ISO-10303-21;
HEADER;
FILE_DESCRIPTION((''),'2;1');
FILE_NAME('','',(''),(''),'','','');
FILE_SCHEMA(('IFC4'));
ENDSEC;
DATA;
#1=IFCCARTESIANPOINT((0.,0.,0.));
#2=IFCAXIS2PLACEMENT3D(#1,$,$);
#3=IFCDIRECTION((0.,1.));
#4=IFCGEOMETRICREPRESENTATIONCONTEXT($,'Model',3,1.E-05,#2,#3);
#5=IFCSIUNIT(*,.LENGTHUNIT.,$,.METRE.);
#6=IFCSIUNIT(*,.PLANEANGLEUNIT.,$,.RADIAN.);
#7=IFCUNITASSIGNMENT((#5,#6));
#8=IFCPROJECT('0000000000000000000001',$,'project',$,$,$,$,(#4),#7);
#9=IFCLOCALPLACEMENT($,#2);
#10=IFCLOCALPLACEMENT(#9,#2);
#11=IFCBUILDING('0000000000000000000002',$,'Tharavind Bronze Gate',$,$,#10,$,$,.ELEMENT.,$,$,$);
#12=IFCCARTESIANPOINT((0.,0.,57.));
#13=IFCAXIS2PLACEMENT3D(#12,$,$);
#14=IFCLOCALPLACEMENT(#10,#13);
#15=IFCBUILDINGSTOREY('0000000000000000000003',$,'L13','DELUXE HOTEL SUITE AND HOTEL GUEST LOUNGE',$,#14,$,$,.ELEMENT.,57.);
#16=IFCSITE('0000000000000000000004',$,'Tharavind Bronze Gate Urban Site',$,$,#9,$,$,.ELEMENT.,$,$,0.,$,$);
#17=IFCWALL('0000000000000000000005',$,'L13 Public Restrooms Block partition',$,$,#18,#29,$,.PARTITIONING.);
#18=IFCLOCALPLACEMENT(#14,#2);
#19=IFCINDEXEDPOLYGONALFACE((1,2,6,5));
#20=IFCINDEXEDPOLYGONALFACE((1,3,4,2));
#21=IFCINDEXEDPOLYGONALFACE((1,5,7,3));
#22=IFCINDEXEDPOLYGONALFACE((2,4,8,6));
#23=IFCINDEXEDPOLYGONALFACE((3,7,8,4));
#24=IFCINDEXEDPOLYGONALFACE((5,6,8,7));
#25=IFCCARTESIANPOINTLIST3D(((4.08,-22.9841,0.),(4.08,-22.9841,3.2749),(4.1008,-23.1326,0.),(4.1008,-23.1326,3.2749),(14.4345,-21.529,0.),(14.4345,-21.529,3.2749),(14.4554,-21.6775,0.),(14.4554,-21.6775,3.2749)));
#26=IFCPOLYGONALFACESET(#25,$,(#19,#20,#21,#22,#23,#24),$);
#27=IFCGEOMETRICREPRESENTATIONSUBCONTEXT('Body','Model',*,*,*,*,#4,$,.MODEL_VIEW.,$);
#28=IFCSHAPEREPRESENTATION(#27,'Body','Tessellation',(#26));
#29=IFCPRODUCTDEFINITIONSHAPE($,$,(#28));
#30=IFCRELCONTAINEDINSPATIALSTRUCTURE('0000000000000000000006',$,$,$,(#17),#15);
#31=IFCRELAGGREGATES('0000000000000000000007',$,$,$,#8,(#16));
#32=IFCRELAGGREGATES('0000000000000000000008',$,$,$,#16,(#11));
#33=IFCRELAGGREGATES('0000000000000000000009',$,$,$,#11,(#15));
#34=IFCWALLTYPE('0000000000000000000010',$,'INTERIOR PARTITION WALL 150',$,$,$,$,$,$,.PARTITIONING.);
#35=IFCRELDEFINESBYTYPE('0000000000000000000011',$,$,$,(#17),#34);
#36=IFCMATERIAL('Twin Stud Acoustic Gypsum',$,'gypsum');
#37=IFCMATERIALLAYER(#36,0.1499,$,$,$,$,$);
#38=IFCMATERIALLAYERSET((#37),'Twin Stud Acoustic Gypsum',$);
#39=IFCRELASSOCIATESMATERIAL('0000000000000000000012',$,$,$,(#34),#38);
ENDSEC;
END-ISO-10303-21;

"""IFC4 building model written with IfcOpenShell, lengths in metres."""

from ifc_helpers import new_model, si_unit, direction, frame, frame_2d, origin, place, context, subcontext, project, spatial, rectangle, extrude, material, layer, layer_set, type_object, element, save


model = new_model("IFC4")

# Units and contexts
model_context = context("Model", 3, precision=1e-05, world=origin(), true_north=direction((0.0, 1.0)))
body_context = subcontext(model_context, "Body", "Model", "MODEL_VIEW")
ifc_project = project(units=[si_unit("LENGTHUNIT", "METRE"), si_unit("PLANEANGLEUNIT", "RADIAN")], contexts=[model_context])

# Site, building, storey
site_placement = place(None, origin())
site = spatial("IfcSite", under=ifc_project, at=site_placement, Name="Tharavind Bronze Gate Urban Site", CompositionType="ELEMENT", RefElevation=0.0)
building_placement = place(site_placement, origin())
building = spatial("IfcBuilding", under=site, at=building_placement, Name="Tharavind Bronze Gate", CompositionType="ELEMENT")
storey_placement = place(building_placement, frame((0.0, 0.0, 57.0)))
storey = spatial("IfcBuildingStorey", under=building, at=storey_placement, Name="L13", Description="DELUXE HOTEL SUITE AND HOTEL GUEST LOUNGE", CompositionType="ELEMENT", Elevation=57.0)

# Wall
ifc_material_1 = material(Name="Twin Stud Acoustic Gypsum", Category="gypsum")
ifc_layer_1 = layer(ifc_material_1, 0.1499)
ifc_layer_set_1 = layer_set([ifc_layer_1], Name="Twin Stud Acoustic Gypsum")
wall_type_1 = type_object("IfcWallType", Name="INTERIOR PARTITION WALL 150", PredefinedType="PARTITIONING", material=ifc_layer_set_1)
wall_1_placement = place(storey_placement, frame((14.4448, -21.6033, 0.0), z_axis=(0.0, 0.0, 1.0), x_axis=(-0.99027, -0.139159, 0.0)))
element("IfcWall", 1, at=wall_1_placement, inside=storey, type_object=wall_type_1, Name="L13 Public Restrooms Block partition", PredefinedType="PARTITIONING", context=body_context, shape_type="SweptSolid", body=[
    extrude(rectangle(XDim=10.4563, YDim=0.1499, at=frame_2d((5.228, 0.0))), origin(), (0.0, 0.0, 1.0), 3.2749),
])

save(model, "model.ifc")
